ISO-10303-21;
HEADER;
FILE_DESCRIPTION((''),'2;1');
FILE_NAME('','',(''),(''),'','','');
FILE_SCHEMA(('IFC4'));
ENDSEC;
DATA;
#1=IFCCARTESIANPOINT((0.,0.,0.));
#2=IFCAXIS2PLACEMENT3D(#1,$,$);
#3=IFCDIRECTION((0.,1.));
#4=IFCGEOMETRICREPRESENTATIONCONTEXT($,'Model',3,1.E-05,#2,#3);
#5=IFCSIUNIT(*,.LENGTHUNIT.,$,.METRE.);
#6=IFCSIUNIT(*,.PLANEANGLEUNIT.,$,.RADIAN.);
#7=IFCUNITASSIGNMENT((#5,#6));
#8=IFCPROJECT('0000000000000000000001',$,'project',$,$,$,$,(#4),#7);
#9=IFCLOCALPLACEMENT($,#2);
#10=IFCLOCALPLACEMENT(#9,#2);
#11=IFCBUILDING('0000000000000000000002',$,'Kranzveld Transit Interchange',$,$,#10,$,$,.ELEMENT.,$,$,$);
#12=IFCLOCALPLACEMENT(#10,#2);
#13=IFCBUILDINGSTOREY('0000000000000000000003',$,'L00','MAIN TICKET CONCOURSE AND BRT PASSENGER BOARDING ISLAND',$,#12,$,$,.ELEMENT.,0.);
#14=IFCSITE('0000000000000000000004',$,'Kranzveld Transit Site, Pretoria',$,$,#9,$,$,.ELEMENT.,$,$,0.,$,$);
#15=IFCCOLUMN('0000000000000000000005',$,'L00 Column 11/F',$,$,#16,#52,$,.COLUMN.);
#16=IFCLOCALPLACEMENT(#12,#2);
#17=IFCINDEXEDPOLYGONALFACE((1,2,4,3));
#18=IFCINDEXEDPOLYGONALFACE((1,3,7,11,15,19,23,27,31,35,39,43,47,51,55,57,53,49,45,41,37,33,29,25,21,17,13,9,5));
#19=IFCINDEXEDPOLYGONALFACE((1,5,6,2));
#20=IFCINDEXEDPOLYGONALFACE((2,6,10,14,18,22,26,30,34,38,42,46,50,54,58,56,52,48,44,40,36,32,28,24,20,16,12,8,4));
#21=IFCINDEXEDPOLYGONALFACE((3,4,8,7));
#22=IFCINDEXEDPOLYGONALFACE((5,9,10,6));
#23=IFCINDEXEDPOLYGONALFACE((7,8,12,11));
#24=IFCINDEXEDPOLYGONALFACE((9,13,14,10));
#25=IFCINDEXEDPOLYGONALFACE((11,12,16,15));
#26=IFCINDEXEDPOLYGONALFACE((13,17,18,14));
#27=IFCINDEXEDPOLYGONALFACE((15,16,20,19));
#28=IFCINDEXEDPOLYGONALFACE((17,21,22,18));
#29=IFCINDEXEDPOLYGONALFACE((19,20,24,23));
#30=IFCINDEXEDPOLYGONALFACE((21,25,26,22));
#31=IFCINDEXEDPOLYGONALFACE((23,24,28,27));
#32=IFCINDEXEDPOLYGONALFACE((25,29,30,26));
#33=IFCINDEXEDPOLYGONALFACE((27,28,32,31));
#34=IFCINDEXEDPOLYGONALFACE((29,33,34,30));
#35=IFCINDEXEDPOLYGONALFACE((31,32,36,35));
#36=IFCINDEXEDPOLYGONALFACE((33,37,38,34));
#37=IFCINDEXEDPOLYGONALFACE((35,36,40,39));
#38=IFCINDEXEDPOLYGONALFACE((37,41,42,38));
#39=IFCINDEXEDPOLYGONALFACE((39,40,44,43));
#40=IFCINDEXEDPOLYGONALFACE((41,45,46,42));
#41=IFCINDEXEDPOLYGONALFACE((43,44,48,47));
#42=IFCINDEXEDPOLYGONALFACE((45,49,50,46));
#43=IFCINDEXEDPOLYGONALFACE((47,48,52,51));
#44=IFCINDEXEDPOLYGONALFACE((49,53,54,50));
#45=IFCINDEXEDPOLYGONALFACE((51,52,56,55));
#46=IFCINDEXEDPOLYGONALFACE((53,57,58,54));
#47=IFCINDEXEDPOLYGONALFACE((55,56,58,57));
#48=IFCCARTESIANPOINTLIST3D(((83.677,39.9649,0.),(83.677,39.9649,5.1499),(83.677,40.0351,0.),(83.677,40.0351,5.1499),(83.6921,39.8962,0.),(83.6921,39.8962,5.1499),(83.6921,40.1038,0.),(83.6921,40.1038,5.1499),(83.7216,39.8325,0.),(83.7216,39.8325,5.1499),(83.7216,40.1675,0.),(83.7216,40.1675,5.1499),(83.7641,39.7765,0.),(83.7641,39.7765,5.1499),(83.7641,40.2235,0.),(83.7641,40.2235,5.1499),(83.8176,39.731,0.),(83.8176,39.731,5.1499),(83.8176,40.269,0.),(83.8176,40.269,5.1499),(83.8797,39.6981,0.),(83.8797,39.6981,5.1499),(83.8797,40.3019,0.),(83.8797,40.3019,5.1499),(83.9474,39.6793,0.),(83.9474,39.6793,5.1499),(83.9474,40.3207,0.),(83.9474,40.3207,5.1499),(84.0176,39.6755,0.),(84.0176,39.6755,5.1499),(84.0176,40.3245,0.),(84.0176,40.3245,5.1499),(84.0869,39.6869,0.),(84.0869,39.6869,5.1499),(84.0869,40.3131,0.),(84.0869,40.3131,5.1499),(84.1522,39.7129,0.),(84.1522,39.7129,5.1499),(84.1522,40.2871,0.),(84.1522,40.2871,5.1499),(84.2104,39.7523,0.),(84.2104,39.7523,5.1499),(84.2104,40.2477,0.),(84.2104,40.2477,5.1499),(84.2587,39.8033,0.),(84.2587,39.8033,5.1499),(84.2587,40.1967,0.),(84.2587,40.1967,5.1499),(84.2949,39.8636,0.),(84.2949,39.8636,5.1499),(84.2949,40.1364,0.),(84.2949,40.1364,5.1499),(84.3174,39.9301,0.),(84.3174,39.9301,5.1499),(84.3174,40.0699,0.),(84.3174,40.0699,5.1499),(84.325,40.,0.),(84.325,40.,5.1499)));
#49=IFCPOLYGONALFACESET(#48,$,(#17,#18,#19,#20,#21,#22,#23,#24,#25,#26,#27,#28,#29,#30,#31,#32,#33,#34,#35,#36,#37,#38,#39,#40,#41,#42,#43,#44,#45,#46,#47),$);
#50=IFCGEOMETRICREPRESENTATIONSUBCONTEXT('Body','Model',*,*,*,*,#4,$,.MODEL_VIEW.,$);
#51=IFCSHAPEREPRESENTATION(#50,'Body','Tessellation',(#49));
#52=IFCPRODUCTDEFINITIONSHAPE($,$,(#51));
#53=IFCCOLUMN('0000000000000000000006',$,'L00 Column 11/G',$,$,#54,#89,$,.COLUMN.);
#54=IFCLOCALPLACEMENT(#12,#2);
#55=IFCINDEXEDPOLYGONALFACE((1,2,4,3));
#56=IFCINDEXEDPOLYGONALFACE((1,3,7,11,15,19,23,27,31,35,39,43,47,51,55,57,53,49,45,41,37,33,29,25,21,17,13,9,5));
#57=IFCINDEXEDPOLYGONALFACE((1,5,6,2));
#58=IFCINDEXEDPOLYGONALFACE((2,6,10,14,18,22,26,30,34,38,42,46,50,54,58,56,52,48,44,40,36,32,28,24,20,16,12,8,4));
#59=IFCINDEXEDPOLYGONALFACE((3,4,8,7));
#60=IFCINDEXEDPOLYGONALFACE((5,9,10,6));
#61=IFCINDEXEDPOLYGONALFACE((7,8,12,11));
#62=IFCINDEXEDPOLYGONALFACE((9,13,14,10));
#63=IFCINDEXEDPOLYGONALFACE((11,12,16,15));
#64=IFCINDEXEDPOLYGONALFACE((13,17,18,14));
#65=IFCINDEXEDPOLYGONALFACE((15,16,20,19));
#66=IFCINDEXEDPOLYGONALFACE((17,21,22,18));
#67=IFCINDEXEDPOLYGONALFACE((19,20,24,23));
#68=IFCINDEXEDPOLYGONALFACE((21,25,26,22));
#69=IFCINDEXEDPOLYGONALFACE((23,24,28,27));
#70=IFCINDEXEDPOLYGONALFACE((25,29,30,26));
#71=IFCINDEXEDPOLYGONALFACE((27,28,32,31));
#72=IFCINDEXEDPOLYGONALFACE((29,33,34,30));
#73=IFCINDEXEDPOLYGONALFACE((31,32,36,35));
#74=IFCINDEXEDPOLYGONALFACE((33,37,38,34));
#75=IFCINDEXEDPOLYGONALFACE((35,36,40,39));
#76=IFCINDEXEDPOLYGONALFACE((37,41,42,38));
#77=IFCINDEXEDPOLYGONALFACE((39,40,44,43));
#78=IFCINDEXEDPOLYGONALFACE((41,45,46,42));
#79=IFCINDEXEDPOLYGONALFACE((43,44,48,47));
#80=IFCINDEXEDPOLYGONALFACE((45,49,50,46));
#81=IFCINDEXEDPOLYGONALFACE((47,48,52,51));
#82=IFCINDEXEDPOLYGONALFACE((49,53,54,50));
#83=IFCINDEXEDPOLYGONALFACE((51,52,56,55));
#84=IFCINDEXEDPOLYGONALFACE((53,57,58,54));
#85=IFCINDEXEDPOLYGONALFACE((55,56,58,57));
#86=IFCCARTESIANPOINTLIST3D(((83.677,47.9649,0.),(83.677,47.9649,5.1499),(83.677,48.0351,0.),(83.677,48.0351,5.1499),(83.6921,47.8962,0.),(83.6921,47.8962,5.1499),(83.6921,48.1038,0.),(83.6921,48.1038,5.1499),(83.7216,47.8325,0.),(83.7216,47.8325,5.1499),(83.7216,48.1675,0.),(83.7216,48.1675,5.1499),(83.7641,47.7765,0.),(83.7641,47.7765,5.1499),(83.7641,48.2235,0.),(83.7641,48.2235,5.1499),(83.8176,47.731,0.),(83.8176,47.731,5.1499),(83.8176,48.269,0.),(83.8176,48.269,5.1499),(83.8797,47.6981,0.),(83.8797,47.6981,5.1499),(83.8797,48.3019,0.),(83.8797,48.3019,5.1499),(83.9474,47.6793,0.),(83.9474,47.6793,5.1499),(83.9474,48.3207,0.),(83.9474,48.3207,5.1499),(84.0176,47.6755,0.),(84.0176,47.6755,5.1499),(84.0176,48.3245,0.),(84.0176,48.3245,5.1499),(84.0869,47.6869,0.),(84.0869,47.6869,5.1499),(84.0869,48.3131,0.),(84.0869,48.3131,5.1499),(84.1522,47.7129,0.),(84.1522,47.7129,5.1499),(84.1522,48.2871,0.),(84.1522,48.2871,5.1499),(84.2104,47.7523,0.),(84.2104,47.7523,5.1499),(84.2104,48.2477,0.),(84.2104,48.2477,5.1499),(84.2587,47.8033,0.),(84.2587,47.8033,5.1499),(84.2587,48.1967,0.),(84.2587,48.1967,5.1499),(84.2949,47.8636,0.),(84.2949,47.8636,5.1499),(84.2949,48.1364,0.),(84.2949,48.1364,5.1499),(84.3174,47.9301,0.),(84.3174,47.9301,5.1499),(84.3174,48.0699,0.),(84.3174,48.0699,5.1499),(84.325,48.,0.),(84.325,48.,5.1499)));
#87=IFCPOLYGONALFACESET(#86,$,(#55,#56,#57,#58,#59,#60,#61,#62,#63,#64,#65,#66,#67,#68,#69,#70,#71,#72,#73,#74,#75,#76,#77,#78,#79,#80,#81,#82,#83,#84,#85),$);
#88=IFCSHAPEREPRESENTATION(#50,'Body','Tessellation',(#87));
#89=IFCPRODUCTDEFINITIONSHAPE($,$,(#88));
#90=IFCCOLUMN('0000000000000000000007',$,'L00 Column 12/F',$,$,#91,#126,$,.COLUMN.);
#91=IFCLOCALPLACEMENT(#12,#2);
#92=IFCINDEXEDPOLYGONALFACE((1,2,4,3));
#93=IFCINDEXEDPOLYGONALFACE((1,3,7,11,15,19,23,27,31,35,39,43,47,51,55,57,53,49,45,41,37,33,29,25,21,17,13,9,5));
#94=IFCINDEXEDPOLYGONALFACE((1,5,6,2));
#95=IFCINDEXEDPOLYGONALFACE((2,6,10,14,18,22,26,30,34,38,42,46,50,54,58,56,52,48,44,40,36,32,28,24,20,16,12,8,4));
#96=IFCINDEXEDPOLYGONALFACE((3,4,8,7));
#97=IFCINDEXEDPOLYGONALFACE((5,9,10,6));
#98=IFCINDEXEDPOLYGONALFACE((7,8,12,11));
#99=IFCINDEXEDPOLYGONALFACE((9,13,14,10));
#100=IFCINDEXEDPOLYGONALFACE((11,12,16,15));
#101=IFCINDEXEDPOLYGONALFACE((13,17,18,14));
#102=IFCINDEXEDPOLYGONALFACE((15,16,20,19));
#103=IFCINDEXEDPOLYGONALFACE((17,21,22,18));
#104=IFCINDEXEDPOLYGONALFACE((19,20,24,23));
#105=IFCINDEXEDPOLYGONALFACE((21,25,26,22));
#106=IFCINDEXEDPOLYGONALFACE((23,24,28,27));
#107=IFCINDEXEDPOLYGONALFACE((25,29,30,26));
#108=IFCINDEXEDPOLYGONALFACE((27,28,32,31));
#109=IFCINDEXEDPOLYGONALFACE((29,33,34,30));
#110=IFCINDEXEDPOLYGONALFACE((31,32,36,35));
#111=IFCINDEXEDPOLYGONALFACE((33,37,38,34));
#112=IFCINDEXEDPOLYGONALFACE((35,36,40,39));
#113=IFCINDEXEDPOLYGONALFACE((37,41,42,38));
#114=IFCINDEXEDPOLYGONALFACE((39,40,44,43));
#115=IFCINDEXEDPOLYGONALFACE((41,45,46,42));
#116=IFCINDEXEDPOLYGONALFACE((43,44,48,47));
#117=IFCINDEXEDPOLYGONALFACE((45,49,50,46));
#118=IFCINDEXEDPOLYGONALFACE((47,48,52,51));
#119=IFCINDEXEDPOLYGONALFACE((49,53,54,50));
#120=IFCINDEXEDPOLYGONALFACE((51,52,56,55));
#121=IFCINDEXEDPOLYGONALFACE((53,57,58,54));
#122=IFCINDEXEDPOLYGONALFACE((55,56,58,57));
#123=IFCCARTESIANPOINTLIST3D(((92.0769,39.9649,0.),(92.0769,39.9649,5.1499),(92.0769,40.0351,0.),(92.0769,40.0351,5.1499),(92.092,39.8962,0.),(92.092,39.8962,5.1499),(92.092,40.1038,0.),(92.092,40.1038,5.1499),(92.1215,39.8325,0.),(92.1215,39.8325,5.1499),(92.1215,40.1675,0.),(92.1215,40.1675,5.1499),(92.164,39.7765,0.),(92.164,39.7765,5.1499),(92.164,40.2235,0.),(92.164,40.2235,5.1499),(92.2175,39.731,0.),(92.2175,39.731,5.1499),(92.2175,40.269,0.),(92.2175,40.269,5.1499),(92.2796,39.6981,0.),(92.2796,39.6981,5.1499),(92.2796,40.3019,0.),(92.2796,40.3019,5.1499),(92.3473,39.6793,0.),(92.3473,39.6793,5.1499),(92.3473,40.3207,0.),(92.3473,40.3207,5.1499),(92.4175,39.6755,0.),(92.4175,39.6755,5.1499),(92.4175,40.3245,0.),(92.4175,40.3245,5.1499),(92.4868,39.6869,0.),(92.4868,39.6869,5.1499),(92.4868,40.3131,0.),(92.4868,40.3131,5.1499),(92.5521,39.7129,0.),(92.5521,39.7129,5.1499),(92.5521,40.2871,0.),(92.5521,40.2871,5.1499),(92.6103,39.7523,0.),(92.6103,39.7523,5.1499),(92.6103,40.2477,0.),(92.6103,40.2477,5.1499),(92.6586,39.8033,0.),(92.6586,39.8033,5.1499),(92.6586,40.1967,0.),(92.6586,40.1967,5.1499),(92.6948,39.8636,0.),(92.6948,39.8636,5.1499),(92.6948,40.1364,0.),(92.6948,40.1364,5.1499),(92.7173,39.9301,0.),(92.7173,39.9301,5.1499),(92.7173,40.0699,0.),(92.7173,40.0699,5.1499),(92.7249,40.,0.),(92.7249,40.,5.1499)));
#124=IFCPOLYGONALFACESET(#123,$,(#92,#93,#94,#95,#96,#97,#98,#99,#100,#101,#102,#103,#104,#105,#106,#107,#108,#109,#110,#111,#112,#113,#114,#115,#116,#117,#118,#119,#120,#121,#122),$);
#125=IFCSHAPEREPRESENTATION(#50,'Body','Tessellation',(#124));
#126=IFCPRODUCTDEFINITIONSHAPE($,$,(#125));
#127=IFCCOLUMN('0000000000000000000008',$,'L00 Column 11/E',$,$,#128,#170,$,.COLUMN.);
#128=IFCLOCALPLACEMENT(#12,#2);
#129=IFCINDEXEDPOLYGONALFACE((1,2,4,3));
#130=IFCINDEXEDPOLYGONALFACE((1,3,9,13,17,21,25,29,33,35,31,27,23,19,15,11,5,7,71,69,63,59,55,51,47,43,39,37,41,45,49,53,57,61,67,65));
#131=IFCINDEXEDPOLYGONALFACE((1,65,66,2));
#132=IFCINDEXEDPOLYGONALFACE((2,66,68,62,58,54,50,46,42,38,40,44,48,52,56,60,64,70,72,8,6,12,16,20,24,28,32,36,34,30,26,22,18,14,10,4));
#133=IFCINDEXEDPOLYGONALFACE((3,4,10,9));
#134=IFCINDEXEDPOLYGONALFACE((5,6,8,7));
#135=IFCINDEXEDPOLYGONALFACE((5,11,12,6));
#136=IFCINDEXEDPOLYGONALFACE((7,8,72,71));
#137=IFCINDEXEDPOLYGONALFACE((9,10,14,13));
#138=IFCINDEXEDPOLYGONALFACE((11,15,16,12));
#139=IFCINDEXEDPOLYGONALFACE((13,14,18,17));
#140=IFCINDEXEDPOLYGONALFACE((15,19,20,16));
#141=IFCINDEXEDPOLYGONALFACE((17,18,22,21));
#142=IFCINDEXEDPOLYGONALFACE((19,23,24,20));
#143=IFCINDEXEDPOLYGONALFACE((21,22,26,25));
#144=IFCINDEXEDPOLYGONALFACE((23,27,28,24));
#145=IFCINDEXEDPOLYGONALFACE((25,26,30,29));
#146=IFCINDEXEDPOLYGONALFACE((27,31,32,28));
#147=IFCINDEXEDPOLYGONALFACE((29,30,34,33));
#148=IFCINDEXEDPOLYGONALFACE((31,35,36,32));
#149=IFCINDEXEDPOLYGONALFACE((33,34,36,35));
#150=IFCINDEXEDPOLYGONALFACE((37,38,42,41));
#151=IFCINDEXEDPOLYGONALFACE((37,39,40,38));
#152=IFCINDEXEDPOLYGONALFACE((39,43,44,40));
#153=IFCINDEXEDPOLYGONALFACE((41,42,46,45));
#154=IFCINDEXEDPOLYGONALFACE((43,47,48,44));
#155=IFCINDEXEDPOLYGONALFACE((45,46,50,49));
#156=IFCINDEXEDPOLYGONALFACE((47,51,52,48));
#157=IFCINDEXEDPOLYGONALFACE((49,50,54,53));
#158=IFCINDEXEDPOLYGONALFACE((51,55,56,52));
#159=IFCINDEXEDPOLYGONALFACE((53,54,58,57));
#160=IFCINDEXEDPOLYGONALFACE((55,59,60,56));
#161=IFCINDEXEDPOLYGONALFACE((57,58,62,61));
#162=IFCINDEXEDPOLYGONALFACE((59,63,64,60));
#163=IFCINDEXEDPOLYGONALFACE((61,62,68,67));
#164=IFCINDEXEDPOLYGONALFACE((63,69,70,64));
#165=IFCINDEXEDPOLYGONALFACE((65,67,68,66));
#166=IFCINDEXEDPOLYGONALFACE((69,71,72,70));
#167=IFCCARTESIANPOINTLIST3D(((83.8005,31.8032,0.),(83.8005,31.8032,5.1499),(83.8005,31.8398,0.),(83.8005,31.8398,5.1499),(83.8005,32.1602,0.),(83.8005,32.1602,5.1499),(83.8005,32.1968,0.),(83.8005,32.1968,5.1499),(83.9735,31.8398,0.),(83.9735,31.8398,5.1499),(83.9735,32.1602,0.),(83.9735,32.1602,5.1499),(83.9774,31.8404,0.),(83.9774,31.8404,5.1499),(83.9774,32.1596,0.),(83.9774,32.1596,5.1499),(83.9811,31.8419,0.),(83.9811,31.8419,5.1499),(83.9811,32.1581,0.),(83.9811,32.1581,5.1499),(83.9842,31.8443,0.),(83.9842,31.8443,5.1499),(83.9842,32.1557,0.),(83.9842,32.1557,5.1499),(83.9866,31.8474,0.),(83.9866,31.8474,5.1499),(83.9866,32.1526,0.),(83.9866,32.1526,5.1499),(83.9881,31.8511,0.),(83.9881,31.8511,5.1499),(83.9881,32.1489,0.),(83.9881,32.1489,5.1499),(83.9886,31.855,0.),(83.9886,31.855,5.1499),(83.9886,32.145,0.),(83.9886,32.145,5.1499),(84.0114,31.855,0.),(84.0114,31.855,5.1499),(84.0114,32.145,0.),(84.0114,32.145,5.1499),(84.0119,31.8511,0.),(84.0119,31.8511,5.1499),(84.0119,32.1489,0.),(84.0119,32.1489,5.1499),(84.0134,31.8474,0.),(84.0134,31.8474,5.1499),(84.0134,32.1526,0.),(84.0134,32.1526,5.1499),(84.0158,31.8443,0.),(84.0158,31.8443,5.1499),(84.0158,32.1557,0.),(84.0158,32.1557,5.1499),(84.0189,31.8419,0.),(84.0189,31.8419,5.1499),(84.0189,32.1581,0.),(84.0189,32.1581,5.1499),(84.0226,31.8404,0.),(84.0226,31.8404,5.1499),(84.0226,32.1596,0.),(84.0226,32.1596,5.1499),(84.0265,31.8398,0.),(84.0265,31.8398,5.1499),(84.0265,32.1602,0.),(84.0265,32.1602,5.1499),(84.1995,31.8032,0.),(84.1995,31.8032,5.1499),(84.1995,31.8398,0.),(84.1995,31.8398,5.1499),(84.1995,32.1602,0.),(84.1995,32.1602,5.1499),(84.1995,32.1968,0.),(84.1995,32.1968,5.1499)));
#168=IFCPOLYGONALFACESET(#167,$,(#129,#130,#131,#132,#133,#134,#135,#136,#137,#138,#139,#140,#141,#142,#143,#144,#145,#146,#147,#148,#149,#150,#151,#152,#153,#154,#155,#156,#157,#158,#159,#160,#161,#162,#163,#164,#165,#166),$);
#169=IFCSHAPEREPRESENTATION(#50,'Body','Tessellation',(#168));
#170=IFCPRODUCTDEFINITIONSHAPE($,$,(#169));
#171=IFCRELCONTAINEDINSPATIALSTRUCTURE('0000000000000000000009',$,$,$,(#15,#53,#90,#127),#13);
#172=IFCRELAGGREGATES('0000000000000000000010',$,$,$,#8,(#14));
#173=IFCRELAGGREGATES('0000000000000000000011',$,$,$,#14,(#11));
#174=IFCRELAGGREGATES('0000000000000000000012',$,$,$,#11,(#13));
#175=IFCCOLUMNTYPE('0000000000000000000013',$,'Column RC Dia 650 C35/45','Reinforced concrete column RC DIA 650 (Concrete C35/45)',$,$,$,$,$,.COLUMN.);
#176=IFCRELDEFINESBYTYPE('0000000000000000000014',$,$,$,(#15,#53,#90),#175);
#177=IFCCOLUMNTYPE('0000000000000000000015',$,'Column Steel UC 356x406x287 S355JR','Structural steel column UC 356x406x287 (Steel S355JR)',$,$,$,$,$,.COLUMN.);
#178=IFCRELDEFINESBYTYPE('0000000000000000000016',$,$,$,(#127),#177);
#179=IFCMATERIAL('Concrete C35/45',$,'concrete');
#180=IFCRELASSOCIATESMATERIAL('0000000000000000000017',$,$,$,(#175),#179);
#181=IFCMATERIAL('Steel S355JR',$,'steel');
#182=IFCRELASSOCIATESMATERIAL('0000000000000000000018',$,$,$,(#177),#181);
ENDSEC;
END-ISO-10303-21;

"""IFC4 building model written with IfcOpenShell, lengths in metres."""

from ifc_helpers import new_model, si_unit, direction, frame, origin, origin_2d, place, context, subcontext, project, spatial, circle, i_section, extrude, material, material_profile, profile_set, type_object, element, save


model = new_model("IFC4")

# Units and contexts
model_context = context("Model", 3, precision=1e-05, world=origin(), true_north=direction((0.0, 1.0)))
body_context = subcontext(model_context, "Body", "Model", "MODEL_VIEW")
ifc_project = project(units=[si_unit("LENGTHUNIT", "METRE"), si_unit("PLANEANGLEUNIT", "RADIAN")], contexts=[model_context])

# Site, building, storey
site_placement = place(None, origin())
site = spatial("IfcSite", under=ifc_project, at=site_placement, Name="Kranzveld Transit Site, Pretoria", CompositionType="ELEMENT", RefElevation=0.0)
building_placement = place(site_placement, origin())
building = spatial("IfcBuilding", under=site, at=building_placement, Name="Kranzveld Transit Interchange", CompositionType="ELEMENT")
storey_placement = place(building_placement, origin())
storey = spatial("IfcBuildingStorey", under=building, at=storey_placement, Name="L00", Description="MAIN TICKET CONCOURSE AND BRT PASSENGER BOARDING ISLAND", CompositionType="ELEMENT", Elevation=0.0)

# Columns
ifc_material_1 = material(Name="Concrete C35/45", Category="concrete")
ifc_material_profile_1 = material_profile(ifc_material_1, circle(Radius=0.325, at=origin_2d()), Name="RC DIA 650")
ifc_profile_set_1 = profile_set([ifc_material_profile_1], Name="Concrete C35/45")
column_type_1 = type_object("IfcColumnType", Name="Column RC Dia 650 C35/45", Description="Reinforced concrete column RC DIA 650 (Concrete C35/45)", PredefinedType="COLUMN", material=ifc_profile_set_1)
for number, where, z_axis, x_axis, name in (
    (1, (84.0, 40.0, 0.0), (0.0, 0.0, 1.0), (1.0, 0.0, 0.0), "L00 Column 11/F"),
    (2, (84.0, 48.0, 0.0), (0.0, 0.0, 1.0), (1.0, 0.0, 0.0), "L00 Column 11/G"),
    (3, (92.3999, 40.0, 0.0), (0.0, 0.0, 1.0), (1.0, 0.0, 0.0), "L00 Column 12/F"),
):
    element("IfcColumn", number, at=place(storey_placement, frame(where, z_axis=z_axis, x_axis=x_axis)), inside=storey, type_object=column_type_1, Name=name, PredefinedType="COLUMN", context=body_context, shape_type="SweptSolid", body=[
        extrude(circle(Radius=0.325, at=origin_2d()), origin(), (0.0, 0.0, 1.0), 5.1499),
    ])
ifc_material_2 = material(Name="Steel S355JR", Category="steel")
ifc_material_profile_2 = material_profile(ifc_material_2, i_section(OverallWidth=0.3989, OverallDepth=0.3936, WebThickness=0.0227, FlangeThickness=0.0366, FilletRadius=0.0151, at=origin_2d()), Name="UC 356x406x287")
ifc_profile_set_2 = profile_set([ifc_material_profile_2], Name="Steel S355JR")
column_type_2 = type_object("IfcColumnType", Name="Column Steel UC 356x406x287 S355JR", Description="Structural steel column UC 356x406x287 (Steel S355JR)", PredefinedType="COLUMN", material=ifc_profile_set_2)
for number, where, z_axis, x_axis, name in (
    (4, (84.0, 32.0, 0.0), (0.0, 0.0, 1.0), (1.0, 0.0, 0.0), "L00 Column 11/E"),
):
    element("IfcColumn", number, at=place(storey_placement, frame(where, z_axis=z_axis, x_axis=x_axis)), inside=storey, type_object=column_type_2, Name=name, PredefinedType="COLUMN", context=body_context, shape_type="SweptSolid", body=[
        extrude(i_section(OverallWidth=0.3989, OverallDepth=0.3936, WebThickness=0.0227, FlangeThickness=0.0366, FilletRadius=0.0151, at=origin_2d()), origin(), (0.0, 0.0, 1.0), 5.1499),
    ])

save(model, "model.ifc")
